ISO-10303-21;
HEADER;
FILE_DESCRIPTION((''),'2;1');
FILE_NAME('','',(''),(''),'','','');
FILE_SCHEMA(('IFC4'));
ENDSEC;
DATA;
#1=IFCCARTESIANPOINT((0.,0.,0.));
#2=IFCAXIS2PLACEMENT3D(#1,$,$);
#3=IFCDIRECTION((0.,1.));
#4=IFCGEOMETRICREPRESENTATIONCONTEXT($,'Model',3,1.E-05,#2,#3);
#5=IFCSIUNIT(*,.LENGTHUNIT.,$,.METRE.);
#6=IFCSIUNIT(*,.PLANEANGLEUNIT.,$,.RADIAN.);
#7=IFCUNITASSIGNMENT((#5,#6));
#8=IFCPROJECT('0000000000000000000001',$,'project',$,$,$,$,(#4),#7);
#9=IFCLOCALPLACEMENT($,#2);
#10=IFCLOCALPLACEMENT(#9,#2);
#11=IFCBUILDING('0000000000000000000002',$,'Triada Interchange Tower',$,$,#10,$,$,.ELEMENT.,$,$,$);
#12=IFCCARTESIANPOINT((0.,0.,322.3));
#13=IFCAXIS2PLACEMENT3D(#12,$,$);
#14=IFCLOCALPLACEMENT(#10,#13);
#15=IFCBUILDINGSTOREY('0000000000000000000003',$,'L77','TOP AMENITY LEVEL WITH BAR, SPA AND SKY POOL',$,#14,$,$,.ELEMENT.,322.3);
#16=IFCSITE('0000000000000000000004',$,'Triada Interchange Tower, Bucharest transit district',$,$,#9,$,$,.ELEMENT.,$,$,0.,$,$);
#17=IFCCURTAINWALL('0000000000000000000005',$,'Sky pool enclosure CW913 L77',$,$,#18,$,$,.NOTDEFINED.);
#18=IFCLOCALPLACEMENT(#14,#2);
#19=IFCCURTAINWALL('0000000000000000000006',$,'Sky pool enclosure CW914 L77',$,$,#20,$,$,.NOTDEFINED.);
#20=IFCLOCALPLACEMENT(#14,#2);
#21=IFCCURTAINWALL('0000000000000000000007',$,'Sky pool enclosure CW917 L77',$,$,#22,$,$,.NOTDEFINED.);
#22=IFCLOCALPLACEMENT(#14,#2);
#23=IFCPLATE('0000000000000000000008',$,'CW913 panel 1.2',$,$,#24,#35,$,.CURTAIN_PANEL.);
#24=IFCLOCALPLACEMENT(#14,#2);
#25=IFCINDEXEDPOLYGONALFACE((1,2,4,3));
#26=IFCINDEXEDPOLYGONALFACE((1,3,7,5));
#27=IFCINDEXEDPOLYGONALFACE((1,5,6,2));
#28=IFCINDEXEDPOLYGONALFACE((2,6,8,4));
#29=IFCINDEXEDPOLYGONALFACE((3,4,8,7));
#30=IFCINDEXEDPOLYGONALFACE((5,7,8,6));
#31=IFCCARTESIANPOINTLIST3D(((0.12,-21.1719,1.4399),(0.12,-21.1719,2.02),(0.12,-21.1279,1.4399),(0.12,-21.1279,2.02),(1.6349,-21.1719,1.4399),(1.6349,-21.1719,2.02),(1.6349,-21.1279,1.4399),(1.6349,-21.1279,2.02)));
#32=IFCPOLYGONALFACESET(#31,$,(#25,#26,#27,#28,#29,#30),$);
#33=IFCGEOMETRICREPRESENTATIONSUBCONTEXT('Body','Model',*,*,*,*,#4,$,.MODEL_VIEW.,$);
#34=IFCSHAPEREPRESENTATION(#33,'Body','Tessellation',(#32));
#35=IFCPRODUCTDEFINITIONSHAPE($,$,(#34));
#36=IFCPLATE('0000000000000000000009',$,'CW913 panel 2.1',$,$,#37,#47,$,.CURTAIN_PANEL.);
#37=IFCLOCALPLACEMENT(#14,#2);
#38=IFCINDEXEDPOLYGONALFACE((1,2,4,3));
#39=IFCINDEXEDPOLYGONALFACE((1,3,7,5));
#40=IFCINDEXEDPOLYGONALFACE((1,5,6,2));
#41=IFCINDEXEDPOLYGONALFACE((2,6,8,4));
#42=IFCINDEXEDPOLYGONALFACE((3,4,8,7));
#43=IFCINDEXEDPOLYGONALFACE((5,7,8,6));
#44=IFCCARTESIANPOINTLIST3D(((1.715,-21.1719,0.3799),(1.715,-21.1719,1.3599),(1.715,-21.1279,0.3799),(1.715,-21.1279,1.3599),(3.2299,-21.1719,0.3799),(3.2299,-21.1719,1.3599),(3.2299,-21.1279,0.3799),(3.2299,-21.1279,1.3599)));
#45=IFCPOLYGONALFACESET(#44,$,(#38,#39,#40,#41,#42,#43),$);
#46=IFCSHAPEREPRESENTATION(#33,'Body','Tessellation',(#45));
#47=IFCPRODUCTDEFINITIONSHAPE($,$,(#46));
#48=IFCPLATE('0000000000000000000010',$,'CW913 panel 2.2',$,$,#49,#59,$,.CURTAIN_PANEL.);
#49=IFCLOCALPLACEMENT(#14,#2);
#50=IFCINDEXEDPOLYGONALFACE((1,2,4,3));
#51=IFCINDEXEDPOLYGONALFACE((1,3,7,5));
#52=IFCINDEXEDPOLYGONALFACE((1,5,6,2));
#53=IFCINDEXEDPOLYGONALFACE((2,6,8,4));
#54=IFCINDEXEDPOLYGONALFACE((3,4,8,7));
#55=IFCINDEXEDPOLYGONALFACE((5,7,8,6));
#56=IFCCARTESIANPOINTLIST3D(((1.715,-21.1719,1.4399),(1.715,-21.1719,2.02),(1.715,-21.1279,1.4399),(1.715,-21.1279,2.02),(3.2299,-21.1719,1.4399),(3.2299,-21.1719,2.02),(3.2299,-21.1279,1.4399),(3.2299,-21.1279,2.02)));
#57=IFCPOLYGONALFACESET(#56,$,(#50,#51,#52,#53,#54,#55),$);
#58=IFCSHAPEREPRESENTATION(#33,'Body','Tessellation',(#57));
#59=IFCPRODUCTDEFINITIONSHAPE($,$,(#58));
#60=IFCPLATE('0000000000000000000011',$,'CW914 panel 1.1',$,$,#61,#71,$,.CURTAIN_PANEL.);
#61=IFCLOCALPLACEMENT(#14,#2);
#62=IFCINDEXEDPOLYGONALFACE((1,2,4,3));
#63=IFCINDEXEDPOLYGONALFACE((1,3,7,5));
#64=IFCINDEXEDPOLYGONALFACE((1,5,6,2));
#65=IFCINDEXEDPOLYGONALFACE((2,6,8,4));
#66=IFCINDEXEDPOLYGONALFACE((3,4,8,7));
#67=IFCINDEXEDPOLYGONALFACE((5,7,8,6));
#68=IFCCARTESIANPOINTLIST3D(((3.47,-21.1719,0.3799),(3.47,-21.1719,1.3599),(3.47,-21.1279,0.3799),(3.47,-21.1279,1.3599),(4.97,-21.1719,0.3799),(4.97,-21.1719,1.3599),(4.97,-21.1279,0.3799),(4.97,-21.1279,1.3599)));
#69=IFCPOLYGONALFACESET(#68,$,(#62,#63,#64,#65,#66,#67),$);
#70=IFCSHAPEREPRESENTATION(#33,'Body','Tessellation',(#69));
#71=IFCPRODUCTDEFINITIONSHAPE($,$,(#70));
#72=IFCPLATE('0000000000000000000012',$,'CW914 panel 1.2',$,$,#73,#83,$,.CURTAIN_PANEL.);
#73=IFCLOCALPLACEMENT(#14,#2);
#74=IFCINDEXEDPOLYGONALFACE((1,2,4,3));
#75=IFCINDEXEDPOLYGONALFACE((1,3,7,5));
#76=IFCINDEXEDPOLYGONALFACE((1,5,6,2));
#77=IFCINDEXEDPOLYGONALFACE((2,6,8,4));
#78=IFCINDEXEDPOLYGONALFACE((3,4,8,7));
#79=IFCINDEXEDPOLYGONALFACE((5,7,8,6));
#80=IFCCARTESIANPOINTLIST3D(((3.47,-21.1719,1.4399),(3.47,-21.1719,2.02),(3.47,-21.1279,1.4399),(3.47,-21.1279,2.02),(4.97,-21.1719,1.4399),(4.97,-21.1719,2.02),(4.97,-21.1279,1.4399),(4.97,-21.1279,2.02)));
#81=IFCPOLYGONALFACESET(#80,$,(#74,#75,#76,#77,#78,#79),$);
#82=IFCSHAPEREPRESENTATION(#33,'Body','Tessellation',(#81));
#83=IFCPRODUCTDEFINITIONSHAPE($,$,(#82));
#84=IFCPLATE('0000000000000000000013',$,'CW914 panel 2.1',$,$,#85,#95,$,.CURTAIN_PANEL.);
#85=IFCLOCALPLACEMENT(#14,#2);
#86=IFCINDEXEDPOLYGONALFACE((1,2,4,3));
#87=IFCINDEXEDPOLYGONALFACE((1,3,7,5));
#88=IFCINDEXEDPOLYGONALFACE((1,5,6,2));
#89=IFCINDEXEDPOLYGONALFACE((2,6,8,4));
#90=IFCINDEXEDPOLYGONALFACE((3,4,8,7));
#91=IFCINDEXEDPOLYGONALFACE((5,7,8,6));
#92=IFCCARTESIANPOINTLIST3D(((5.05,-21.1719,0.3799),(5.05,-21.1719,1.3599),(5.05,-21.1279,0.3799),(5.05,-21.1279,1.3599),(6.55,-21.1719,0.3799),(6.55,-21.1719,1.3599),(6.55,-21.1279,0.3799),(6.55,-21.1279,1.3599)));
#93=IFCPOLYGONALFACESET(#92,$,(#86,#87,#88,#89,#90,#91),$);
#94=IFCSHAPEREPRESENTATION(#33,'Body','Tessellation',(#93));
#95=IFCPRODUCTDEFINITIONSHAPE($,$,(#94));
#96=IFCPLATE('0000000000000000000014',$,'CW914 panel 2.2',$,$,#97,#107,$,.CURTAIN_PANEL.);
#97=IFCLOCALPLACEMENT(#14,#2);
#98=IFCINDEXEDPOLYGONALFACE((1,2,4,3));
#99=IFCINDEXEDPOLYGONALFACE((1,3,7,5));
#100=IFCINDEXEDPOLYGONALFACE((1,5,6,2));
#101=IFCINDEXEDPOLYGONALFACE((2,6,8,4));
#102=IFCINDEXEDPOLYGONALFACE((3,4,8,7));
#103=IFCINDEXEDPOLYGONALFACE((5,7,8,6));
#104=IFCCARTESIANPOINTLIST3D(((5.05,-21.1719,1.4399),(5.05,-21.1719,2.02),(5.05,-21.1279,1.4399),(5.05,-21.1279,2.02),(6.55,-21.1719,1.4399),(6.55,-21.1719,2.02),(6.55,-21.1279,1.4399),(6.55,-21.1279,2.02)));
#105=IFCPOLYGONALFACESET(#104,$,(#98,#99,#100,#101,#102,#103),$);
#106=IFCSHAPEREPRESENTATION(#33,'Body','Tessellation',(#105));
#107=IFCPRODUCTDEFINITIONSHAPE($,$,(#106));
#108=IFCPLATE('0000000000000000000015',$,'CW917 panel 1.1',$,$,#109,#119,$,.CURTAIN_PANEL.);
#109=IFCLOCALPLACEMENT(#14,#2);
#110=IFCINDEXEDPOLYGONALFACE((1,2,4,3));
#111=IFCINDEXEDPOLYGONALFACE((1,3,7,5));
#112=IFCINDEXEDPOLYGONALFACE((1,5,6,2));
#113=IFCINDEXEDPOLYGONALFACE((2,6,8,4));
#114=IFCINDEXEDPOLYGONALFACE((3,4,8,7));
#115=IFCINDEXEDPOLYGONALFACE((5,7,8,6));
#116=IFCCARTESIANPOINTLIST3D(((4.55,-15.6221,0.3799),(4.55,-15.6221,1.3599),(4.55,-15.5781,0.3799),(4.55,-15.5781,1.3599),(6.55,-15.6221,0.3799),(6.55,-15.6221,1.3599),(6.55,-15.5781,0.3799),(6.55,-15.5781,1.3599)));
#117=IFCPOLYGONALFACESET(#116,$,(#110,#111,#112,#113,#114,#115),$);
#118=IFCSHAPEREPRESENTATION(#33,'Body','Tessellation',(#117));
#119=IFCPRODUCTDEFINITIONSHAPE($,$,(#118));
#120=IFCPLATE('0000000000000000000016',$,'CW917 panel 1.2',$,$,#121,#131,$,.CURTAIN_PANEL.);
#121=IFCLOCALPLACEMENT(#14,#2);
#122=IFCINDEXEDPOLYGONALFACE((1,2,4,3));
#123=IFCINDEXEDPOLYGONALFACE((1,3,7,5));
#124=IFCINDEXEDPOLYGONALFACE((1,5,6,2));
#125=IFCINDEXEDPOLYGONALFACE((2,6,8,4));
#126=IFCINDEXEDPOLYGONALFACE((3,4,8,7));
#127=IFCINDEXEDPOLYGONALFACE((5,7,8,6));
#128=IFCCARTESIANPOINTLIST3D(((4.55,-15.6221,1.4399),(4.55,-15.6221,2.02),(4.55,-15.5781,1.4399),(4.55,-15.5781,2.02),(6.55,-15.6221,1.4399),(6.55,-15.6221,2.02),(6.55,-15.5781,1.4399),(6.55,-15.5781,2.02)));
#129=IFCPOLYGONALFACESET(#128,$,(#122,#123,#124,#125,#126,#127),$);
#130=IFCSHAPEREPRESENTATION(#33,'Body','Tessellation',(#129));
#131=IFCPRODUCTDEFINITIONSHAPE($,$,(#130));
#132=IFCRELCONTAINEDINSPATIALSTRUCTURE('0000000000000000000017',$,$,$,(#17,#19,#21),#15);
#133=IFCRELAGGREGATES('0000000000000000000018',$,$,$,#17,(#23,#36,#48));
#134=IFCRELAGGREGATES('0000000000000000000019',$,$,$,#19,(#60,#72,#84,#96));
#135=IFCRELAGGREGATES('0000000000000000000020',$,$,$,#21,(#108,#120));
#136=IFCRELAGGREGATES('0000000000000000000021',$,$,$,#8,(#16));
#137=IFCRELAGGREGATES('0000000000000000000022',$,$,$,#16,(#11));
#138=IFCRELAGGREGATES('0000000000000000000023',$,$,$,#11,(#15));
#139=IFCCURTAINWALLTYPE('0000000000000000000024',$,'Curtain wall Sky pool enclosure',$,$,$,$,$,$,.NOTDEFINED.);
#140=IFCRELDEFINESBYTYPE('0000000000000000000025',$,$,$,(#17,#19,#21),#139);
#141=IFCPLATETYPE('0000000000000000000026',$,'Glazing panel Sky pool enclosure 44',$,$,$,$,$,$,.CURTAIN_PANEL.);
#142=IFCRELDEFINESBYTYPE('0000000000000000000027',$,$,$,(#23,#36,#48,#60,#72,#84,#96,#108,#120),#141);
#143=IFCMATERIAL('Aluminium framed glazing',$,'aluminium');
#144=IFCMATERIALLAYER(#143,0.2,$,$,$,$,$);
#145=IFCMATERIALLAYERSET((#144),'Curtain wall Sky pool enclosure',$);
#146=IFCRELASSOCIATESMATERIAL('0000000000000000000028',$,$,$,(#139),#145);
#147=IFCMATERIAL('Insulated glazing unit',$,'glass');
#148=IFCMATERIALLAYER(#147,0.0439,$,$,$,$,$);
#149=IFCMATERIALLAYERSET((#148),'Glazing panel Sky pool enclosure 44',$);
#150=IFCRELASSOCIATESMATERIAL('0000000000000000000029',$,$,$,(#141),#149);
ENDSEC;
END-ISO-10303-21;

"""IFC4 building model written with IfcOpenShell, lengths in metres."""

from ifc_helpers import new_model, si_unit, direction, frame, origin, origin_2d, place, context, subcontext, project, spatial, rectangle, extrude, material, layer, layer_set, type_object, element, aggregate, save


model = new_model("IFC4")

# Units and contexts
model_context = context("Model", 3, precision=1e-05, world=origin(), true_north=direction((0.0, 1.0)))
body_context = subcontext(model_context, "Body", "Model", "MODEL_VIEW")
ifc_project = project(units=[si_unit("LENGTHUNIT", "METRE"), si_unit("PLANEANGLEUNIT", "RADIAN")], contexts=[model_context])

# Site, building, storey
site_placement = place(None, origin())
site = spatial("IfcSite", under=ifc_project, at=site_placement, Name="Triada Interchange Tower, Bucharest transit district", CompositionType="ELEMENT", RefElevation=0.0)
building_placement = place(site_placement, origin())
building = spatial("IfcBuilding", under=site, at=building_placement, Name="Triada Interchange Tower", CompositionType="ELEMENT")
storey_placement = place(building_placement, frame((0.0, 0.0, 322.3)))
storey = spatial("IfcBuildingStorey", under=building, at=storey_placement, Name="L77", Description="TOP AMENITY LEVEL WITH BAR, SPA AND SKY POOL", CompositionType="ELEMENT", Elevation=322.3)

# Shared definitions
ifc_material_1 = material(Name="Aluminium framed glazing", Category="aluminium")
ifc_layer_1 = layer(ifc_material_1, 0.2)
ifc_layer_set_1 = layer_set([ifc_layer_1], Name="Curtain wall Sky pool enclosure")
curtain_wall_type = type_object("IfcCurtainWallType", Name="Curtain wall Sky pool enclosure", PredefinedType="NOTDEFINED", material=ifc_layer_set_1)

# Curtain walls
curtain_wall_1_placement = place(storey_placement, origin())
curtain_wall_1 = element("IfcCurtainWall", 1, at=curtain_wall_1_placement, inside=storey, type_object=curtain_wall_type, Name="Sky pool enclosure CW913 L77", PredefinedType="NOTDEFINED")
curtain_wall_2_placement = place(storey_placement, origin())
curtain_wall_2 = element("IfcCurtainWall", 2, at=curtain_wall_2_placement, inside=storey, type_object=curtain_wall_type, Name="Sky pool enclosure CW914 L77", PredefinedType="NOTDEFINED")

# Curtain wall
curtain_wall_3_placement = place(storey_placement, origin())
curtain_wall_3 = element("IfcCurtainWall", 3, at=curtain_wall_3_placement, inside=storey, type_object=curtain_wall_type, Name="Sky pool enclosure CW917 L77", PredefinedType="NOTDEFINED")

# Plates
ifc_material_2 = material(Name="Insulated glazing unit", Category="glass")
ifc_layer_2 = layer(ifc_material_2, 0.0439)
ifc_layer_set_2 = layer_set([ifc_layer_2], Name="Glazing panel Sky pool enclosure 44")
plate_type = type_object("IfcPlateType", Name="Glazing panel Sky pool enclosure 44", PredefinedType="CURTAIN_PANEL", material=ifc_layer_set_2)
plate_1_placement = place(storey_placement, frame((0.8774, -21.1499, 1.4399), z_axis=(0.0, 0.0, 1.0), x_axis=(1.0, 0.0, 0.0)))
plate_1 = element("IfcPlate", 4, at=plate_1_placement, type_object=plate_type, Name="CW913 panel 1.2", PredefinedType="CURTAIN_PANEL", context=body_context, shape_type="SweptSolid", body=[
    extrude(rectangle(XDim=1.5149, YDim=0.0439, at=origin_2d()), origin(), (0.0, 0.0, 1.0), 0.5801),
])
plate_2_placement = place(storey_placement, frame((2.4724, -21.1499, 0.3799), z_axis=(0.0, 0.0, 1.0), x_axis=(1.0, 0.0, 0.0)))
plate_2 = element("IfcPlate", 5, at=plate_2_placement, type_object=plate_type, Name="CW913 panel 2.1", PredefinedType="CURTAIN_PANEL", context=body_context, shape_type="SweptSolid", body=[
    extrude(rectangle(XDim=1.5149, YDim=0.0439, at=origin_2d()), origin(), (0.0, 0.0, 1.0), 0.98),
])
plate_3_placement = place(storey_placement, frame((2.4724, -21.1499, 1.4399), z_axis=(0.0, 0.0, 1.0), x_axis=(1.0, 0.0, 0.0)))
plate_3 = element("IfcPlate", 6, at=plate_3_placement, type_object=plate_type, Name="CW913 panel 2.2", PredefinedType="CURTAIN_PANEL", context=body_context, shape_type="SweptSolid", body=[
    extrude(rectangle(XDim=1.5149, YDim=0.0439, at=origin_2d()), origin(), (0.0, 0.0, 1.0), 0.5801),
])
aggregate(curtain_wall_1, [plate_1, plate_2, plate_3])
plate_4_placement = place(storey_placement, frame((4.22, -21.1499, 0.3799), z_axis=(0.0, 0.0, 1.0), x_axis=(1.0, 0.0, 0.0)))
plate_4 = element("IfcPlate", 7, at=plate_4_placement, type_object=plate_type, Name="CW914 panel 1.1", PredefinedType="CURTAIN_PANEL", context=body_context, shape_type="SweptSolid", body=[
    extrude(rectangle(XDim=1.5, YDim=0.0439, at=origin_2d()), origin(), (0.0, 0.0, 1.0), 0.98),
])
plate_5_placement = place(storey_placement, frame((4.22, -21.1499, 1.4399), z_axis=(0.0, 0.0, 1.0), x_axis=(1.0, 0.0, 0.0)))
plate_5 = element("IfcPlate", 8, at=plate_5_placement, type_object=plate_type, Name="CW914 panel 1.2", PredefinedType="CURTAIN_PANEL", context=body_context, shape_type="SweptSolid", body=[
    extrude(rectangle(XDim=1.5, YDim=0.0439, at=origin_2d()), origin(), (0.0, 0.0, 1.0), 0.5801),
])
plate_6_placement = place(storey_placement, frame((5.8, -21.1499, 0.3799), z_axis=(0.0, 0.0, 1.0), x_axis=(1.0, 0.0, 0.0)))
plate_6 = element("IfcPlate", 9, at=plate_6_placement, type_object=plate_type, Name="CW914 panel 2.1", PredefinedType="CURTAIN_PANEL", context=body_context, shape_type="SweptSolid", body=[
    extrude(rectangle(XDim=1.5, YDim=0.0439, at=origin_2d()), origin(), (0.0, 0.0, 1.0), 0.98),
])
plate_7_placement = place(storey_placement, frame((5.8, -21.1499, 1.4399), z_axis=(0.0, 0.0, 1.0), x_axis=(1.0, 0.0, 0.0)))
plate_7 = element("IfcPlate", 10, at=plate_7_placement, type_object=plate_type, Name="CW914 panel 2.2", PredefinedType="CURTAIN_PANEL", context=body_context, shape_type="SweptSolid", body=[
    extrude(rectangle(XDim=1.5, YDim=0.0439, at=origin_2d()), origin(), (0.0, 0.0, 1.0), 0.5801),
])
aggregate(curtain_wall_2, [plate_4, plate_5, plate_6, plate_7])
plate_8_placement = place(storey_placement, frame((5.55, -15.6001, 0.3799), z_axis=(0.0, 0.0, 1.0), x_axis=(-1.0, 0.0, 0.0)))
plate_8 = element("IfcPlate", 11, at=plate_8_placement, type_object=plate_type, Name="CW917 panel 1.1", PredefinedType="CURTAIN_PANEL", context=body_context, shape_type="SweptSolid", body=[
    extrude(rectangle(XDim=2.0, YDim=0.0439, at=origin_2d()), origin(), (0.0, 0.0, 1.0), 0.98),
])
plate_9_placement = place(storey_placement, frame((5.55, -15.6001, 1.4399), z_axis=(0.0, 0.0, 1.0), x_axis=(-1.0, 0.0, 0.0)))
plate_9 = element("IfcPlate", 12, at=plate_9_placement, type_object=plate_type, Name="CW917 panel 1.2", PredefinedType="CURTAIN_PANEL", context=body_context, shape_type="SweptSolid", body=[
    extrude(rectangle(XDim=2.0, YDim=0.0439, at=origin_2d()), origin(), (0.0, 0.0, 1.0), 0.5801),
])
aggregate(curtain_wall_3, [plate_8, plate_9])

save(model, "model.ifc")
